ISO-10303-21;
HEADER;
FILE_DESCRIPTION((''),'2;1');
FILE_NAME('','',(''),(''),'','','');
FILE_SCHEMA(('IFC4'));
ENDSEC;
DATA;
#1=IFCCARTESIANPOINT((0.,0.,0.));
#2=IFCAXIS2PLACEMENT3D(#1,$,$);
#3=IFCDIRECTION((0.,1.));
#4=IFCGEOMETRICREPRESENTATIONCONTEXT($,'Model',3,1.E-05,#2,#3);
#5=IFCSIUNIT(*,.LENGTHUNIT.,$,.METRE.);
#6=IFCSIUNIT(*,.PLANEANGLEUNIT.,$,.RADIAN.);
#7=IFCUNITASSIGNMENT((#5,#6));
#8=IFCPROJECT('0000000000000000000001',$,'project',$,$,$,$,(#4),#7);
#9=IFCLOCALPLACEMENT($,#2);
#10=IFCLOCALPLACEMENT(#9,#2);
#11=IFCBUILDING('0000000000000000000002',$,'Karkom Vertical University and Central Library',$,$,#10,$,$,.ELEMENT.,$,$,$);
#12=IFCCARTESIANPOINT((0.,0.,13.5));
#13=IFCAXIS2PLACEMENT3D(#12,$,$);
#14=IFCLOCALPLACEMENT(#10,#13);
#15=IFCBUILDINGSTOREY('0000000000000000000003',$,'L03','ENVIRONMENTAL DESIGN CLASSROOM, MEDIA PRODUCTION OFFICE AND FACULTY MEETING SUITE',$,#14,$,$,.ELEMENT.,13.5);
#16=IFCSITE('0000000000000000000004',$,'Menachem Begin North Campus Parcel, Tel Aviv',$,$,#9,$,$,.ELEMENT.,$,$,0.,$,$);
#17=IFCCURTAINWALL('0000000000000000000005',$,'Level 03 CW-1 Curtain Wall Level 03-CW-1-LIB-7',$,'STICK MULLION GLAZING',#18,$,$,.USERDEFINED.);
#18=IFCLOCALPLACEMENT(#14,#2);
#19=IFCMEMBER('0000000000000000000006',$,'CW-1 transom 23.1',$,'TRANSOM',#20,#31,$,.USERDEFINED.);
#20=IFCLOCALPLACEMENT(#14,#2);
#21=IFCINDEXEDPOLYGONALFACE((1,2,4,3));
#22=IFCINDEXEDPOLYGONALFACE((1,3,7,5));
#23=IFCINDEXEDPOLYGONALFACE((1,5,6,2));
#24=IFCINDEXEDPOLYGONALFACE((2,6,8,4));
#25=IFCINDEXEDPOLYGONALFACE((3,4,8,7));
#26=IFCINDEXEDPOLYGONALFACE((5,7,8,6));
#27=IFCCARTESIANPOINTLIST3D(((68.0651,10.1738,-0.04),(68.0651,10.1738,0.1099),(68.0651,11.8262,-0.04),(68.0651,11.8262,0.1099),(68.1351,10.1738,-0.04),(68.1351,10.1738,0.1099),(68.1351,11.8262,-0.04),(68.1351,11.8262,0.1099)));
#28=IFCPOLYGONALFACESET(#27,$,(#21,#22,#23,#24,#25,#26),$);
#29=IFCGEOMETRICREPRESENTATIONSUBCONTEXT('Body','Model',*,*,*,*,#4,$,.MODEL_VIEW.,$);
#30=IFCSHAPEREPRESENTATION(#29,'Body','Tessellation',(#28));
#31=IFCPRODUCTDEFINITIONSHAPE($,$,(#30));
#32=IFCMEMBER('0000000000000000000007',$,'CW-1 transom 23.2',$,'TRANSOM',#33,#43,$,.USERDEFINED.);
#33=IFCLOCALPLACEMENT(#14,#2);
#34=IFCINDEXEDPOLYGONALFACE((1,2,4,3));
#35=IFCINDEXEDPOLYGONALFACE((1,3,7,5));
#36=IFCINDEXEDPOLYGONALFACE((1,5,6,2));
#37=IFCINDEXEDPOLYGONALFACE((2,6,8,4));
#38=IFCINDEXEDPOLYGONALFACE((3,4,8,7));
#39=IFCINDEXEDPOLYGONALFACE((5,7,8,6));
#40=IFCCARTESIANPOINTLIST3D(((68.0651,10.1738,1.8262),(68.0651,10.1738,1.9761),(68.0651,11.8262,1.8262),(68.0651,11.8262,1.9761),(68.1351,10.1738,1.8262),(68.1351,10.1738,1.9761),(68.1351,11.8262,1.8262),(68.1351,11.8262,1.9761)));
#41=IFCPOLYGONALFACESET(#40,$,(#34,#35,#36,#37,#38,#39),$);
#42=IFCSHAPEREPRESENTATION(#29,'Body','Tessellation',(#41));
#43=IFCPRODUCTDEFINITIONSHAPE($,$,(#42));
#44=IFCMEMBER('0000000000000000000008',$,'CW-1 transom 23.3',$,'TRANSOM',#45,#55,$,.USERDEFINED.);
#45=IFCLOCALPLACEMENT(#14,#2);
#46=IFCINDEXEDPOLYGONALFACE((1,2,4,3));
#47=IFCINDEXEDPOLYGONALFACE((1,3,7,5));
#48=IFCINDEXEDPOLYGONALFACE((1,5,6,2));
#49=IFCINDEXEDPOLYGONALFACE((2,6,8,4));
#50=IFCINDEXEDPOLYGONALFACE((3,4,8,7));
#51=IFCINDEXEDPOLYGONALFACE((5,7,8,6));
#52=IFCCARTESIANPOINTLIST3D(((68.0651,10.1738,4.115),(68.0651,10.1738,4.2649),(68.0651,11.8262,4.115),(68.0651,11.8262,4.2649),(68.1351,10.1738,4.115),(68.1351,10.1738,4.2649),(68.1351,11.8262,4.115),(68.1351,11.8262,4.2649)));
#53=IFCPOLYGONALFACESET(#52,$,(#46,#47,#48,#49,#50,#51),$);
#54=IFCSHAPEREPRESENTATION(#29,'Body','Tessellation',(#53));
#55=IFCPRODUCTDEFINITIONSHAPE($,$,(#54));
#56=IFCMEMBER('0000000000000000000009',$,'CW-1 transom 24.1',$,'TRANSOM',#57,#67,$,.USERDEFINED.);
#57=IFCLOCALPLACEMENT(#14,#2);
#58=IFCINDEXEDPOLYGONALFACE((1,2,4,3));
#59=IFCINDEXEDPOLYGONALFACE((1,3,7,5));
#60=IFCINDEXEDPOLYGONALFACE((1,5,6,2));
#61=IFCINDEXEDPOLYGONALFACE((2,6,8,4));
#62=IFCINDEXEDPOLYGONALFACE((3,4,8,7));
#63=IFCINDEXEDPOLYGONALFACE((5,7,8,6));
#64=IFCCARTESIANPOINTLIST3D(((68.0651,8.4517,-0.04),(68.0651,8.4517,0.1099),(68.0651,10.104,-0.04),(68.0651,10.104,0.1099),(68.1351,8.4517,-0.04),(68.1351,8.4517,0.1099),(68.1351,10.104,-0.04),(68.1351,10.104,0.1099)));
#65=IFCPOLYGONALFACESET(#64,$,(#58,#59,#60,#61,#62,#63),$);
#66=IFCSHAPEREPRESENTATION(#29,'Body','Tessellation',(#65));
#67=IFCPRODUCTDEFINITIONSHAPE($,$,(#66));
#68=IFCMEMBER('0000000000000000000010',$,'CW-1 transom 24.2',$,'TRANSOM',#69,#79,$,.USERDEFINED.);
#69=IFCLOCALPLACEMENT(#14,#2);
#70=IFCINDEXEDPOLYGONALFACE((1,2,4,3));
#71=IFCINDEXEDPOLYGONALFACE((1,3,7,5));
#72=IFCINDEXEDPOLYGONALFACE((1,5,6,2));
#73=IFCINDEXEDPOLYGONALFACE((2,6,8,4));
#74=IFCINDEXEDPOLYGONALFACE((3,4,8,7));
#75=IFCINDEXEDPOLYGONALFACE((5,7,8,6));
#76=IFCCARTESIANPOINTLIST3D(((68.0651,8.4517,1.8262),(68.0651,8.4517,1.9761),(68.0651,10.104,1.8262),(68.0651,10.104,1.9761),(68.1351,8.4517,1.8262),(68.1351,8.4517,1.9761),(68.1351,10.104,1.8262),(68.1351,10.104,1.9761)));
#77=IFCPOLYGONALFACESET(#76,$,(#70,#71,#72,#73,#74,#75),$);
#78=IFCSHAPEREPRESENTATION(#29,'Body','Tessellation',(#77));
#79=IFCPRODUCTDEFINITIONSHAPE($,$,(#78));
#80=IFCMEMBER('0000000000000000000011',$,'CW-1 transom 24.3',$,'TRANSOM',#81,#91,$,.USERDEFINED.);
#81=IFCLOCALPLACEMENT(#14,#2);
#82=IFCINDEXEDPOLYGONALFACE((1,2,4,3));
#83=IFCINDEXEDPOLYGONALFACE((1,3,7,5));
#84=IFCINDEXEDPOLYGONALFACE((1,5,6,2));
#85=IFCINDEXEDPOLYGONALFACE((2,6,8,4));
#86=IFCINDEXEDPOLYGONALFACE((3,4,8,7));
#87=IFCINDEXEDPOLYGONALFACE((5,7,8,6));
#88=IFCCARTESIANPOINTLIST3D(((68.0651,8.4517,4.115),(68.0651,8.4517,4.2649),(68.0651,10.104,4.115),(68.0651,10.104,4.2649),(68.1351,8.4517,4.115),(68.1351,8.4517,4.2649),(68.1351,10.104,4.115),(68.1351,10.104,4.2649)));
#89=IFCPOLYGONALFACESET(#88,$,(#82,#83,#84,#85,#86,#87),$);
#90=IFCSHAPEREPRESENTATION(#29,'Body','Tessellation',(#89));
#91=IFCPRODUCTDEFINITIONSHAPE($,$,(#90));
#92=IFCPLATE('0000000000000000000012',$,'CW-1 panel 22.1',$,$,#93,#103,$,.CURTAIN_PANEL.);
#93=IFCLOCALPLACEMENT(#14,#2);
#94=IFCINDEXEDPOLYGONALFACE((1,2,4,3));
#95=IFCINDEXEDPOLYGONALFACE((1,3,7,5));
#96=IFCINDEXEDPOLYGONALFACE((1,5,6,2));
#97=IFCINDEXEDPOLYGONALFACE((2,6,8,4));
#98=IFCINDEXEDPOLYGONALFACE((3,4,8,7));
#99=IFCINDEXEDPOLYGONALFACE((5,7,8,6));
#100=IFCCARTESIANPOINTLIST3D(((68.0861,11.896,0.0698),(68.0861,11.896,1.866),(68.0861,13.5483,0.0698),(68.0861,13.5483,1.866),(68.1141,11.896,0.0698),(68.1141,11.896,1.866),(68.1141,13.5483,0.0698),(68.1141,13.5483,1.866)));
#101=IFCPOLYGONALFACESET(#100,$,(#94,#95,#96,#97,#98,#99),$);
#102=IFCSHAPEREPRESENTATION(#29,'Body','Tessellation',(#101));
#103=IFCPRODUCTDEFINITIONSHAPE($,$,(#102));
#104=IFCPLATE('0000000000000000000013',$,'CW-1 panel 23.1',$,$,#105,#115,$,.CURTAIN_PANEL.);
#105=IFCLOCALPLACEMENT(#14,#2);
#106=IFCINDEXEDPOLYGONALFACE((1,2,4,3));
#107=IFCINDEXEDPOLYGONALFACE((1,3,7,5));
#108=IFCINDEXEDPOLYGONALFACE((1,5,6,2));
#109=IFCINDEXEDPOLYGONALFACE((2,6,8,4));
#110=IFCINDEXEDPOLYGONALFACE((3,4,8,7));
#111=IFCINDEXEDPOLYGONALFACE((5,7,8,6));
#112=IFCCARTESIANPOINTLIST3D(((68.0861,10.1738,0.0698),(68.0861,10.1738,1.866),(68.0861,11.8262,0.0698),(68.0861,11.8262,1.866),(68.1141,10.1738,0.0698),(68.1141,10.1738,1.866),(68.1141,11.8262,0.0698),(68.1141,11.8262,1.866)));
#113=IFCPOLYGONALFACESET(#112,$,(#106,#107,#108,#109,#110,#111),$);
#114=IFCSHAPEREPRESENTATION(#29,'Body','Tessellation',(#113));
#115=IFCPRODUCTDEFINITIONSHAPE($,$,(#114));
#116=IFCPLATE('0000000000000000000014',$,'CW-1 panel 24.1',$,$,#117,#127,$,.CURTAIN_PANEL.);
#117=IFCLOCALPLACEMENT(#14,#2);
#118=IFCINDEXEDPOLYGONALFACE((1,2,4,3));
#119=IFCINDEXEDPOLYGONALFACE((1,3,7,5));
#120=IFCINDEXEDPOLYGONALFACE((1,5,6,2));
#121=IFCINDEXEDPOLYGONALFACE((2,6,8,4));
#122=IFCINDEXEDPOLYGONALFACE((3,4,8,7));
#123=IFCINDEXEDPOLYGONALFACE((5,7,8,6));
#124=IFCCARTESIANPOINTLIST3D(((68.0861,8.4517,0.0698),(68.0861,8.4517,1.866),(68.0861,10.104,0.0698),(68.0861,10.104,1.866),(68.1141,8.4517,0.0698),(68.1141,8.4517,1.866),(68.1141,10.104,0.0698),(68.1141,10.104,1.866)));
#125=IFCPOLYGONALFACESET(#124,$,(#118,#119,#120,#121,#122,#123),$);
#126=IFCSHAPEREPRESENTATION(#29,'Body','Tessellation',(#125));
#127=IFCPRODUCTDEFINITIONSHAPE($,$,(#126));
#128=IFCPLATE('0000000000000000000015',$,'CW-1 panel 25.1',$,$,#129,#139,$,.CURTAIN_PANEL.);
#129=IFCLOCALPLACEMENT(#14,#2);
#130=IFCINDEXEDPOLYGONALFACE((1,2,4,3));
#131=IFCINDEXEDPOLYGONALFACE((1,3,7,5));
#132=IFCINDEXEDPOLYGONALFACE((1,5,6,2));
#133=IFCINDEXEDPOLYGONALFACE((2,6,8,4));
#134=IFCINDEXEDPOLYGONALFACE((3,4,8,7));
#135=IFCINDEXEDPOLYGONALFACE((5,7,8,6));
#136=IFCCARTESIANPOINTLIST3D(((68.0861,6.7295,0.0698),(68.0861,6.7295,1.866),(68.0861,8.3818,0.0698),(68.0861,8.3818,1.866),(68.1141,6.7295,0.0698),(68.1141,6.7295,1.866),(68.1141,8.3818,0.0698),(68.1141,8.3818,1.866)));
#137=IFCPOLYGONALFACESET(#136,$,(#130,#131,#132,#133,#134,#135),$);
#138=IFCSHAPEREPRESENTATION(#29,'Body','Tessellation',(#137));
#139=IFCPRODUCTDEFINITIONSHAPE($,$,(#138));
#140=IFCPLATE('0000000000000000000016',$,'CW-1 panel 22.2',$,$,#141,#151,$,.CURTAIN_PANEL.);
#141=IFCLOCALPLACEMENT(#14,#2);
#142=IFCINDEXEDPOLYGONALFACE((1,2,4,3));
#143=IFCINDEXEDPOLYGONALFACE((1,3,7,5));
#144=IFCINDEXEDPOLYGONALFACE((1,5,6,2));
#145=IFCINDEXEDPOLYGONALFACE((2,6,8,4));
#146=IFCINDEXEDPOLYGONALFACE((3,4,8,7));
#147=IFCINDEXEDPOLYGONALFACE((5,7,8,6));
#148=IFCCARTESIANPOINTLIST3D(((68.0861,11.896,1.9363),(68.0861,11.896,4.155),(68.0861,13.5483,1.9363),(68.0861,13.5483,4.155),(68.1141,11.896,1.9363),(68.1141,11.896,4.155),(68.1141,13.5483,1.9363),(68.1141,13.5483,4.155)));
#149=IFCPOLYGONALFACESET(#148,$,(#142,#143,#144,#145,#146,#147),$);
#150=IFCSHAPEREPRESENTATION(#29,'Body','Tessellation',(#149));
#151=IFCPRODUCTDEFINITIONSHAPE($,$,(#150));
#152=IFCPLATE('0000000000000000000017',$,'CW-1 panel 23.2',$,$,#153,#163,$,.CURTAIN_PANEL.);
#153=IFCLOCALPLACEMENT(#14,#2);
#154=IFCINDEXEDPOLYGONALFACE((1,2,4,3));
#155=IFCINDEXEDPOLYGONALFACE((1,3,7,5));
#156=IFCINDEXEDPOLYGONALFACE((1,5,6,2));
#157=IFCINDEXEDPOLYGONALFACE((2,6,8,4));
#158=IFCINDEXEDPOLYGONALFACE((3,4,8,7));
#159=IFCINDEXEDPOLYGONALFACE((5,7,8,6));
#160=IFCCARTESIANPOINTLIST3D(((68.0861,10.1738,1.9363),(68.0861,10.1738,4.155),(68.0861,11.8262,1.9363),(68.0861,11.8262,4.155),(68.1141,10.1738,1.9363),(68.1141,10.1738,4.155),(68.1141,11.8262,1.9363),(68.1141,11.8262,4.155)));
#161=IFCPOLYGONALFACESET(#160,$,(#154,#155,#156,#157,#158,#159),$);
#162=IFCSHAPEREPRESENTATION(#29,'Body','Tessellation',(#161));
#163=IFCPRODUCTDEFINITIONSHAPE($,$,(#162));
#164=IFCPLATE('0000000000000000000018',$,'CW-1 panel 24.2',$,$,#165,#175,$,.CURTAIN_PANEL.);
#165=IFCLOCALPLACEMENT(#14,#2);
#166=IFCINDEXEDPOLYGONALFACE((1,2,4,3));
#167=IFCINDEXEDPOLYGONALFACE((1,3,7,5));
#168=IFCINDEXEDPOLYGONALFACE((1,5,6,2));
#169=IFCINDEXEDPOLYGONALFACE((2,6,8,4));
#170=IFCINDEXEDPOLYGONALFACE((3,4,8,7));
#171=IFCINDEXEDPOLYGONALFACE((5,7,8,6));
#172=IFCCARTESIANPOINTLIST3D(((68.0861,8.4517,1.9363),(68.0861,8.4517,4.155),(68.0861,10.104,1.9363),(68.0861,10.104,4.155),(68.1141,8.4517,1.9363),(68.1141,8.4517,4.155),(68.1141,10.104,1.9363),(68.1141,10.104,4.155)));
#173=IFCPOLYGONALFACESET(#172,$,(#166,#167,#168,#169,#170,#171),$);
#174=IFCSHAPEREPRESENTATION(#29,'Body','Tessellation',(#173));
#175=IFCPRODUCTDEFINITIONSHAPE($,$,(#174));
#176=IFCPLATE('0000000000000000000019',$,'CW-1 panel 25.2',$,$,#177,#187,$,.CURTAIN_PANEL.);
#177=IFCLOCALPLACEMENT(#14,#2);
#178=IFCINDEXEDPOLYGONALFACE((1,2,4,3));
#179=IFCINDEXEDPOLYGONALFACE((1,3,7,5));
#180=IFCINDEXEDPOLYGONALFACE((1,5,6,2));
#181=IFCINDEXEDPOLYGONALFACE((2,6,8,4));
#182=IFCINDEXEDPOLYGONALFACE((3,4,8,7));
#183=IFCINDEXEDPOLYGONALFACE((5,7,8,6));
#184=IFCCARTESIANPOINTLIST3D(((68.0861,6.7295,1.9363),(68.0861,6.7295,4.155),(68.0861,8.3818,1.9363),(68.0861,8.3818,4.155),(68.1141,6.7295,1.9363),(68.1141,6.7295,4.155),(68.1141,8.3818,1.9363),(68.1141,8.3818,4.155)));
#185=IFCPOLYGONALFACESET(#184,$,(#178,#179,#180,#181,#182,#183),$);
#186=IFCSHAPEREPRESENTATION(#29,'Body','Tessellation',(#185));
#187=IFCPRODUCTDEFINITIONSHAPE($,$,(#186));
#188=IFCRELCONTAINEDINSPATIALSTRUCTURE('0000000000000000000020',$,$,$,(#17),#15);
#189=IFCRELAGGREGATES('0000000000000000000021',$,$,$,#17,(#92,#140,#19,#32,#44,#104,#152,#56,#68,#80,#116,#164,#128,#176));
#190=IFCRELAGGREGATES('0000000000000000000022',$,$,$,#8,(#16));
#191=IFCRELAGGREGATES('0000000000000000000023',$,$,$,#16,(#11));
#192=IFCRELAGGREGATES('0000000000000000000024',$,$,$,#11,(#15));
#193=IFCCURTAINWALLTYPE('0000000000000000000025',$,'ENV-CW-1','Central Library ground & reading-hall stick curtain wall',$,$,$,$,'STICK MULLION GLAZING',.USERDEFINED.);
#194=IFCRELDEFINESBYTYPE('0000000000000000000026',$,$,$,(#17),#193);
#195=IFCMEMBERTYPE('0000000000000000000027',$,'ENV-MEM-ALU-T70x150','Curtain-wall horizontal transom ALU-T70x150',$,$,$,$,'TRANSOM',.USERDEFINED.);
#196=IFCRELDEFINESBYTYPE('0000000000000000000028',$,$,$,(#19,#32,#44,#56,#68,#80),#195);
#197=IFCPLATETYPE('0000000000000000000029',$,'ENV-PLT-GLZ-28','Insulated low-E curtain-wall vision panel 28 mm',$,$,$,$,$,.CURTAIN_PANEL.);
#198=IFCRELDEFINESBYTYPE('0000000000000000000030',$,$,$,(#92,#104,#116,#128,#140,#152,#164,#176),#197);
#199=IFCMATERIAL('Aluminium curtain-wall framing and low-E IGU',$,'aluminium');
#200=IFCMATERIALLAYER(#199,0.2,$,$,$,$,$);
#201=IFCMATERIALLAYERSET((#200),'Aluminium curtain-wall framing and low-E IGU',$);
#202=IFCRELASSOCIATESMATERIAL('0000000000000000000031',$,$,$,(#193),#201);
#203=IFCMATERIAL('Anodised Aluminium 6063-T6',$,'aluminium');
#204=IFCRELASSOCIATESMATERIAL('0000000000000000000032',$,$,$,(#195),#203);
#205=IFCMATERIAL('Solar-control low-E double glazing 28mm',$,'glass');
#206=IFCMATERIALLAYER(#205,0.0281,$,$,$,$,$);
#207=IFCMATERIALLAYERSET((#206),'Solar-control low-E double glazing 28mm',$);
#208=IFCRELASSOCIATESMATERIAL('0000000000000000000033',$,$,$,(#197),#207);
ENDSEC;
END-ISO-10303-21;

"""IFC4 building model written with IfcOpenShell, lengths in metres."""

from ifc_helpers import new_model, si_unit, direction, frame, origin, origin_with_axes, origin_2d, place, context, subcontext, project, spatial, rectangle, extrude, source, transform, mapped, material, layer, layer_set, material_profile, profile_set, type_object, element, aggregate, save


model = new_model("IFC4")

# Units and contexts
model_context = context("Model", 3, precision=1e-05, world=origin(), true_north=direction((0.0, 1.0)))
body_context = subcontext(model_context, "Body", "Model", "MODEL_VIEW")
ifc_project = project(units=[si_unit("LENGTHUNIT", "METRE"), si_unit("PLANEANGLEUNIT", "RADIAN")], contexts=[model_context])

# Site, building, storey
site_placement = place(None, origin())
site = spatial("IfcSite", under=ifc_project, at=site_placement, Name="Menachem Begin North Campus Parcel, Tel Aviv", CompositionType="ELEMENT", RefElevation=0.0)
building_placement = place(site_placement, origin())
building = spatial("IfcBuilding", under=site, at=building_placement, Name="Karkom Vertical University and Central Library", CompositionType="ELEMENT")
storey_placement = place(building_placement, frame((0.0, 0.0, 13.5)))
storey = spatial("IfcBuildingStorey", under=building, at=storey_placement, Name="L03", Description="ENVIRONMENTAL DESIGN CLASSROOM, MEDIA PRODUCTION OFFICE AND FACULTY MEETING SUITE", CompositionType="ELEMENT", Elevation=13.5)

# Curtain wall, members, plates
ifc_material_1 = material(Name="Aluminium curtain-wall framing and low-E IGU", Category="aluminium")
ifc_layer_1 = layer(ifc_material_1, 0.2)
ifc_layer_set_1 = layer_set([ifc_layer_1], Name="Aluminium curtain-wall framing and low-E IGU")
curtain_wall_type = type_object("IfcCurtainWallType", Name="ENV-CW-1", Description="Central Library ground & reading-hall stick curtain wall", ElementType="STICK MULLION GLAZING", PredefinedType="USERDEFINED", material=ifc_layer_set_1)
curtain_wall_placement = place(storey_placement, origin())
curtain_wall = element("IfcCurtainWall", 1, at=curtain_wall_placement, inside=storey, type_object=curtain_wall_type, Name="Level 03 CW-1 Curtain Wall Level 03-CW-1-LIB-7", ObjectType="STICK MULLION GLAZING", PredefinedType="USERDEFINED")
ifc_material_2 = material(Name="Anodised Aluminium 6063-T6", Category="aluminium")
ifc_material_profile_1 = material_profile(ifc_material_2, rectangle(XDim=0.0701, YDim=0.1499, at=origin_2d()), Name="ALU-T70x150")
ifc_profile_set_1 = profile_set([ifc_material_profile_1], Name="Anodised Aluminium 6063-T6")
member_type = type_object("IfcMemberType", Name="ENV-MEM-ALU-T70x150", Description="Curtain-wall horizontal transom ALU-T70x150", ElementType="TRANSOM", PredefinedType="USERDEFINED", material=ifc_profile_set_1)
shared_shape_1 = source(origin_with_axes(), body_context, "Body", "SweptSolid", [
    extrude(rectangle(XDim=0.0701, YDim=0.1499, at=origin_2d()), origin(), (0.0, 0.0, 1.0), 1.6523),
])
member_1_placement = place(storey_placement, frame((68.1001, 11.8262, 0.0349), z_axis=(0.0, -1.0, 0.0), x_axis=(1.0, 0.0, 0.0)))
member_1 = element("IfcMember", 2, at=member_1_placement, type_object=member_type, Name="CW-1 transom 23.1", ObjectType="TRANSOM", PredefinedType="USERDEFINED", context=body_context, shape_type="MappedRepresentation", body=[
    mapped(shared_shape_1, transform((0.0, 0.0, 0.0), scale=1.0)),
])
member_2_placement = place(storey_placement, frame((68.1001, 11.8262, 1.9011), z_axis=(0.0, -1.0, 0.0), x_axis=(1.0, 0.0, 0.0)))
member_2 = element("IfcMember", 3, at=member_2_placement, type_object=member_type, Name="CW-1 transom 23.2", ObjectType="TRANSOM", PredefinedType="USERDEFINED", context=body_context, shape_type="MappedRepresentation", body=[
    mapped(shared_shape_1, transform((0.0, 0.0, 0.0), scale=1.0)),
])
member_3_placement = place(storey_placement, frame((68.1001, 11.8262, 4.1899), z_axis=(0.0, -1.0, 0.0), x_axis=(1.0, 0.0, 0.0)))
member_3 = element("IfcMember", 4, at=member_3_placement, type_object=member_type, Name="CW-1 transom 23.3", ObjectType="TRANSOM", PredefinedType="USERDEFINED", context=body_context, shape_type="MappedRepresentation", body=[
    mapped(shared_shape_1, transform((0.0, 0.0, 0.0), scale=1.0)),
])
member_4_placement = place(storey_placement, frame((68.1001, 10.104, 0.0349), z_axis=(0.0, -1.0, 0.0), x_axis=(1.0, 0.0, 0.0)))
member_4 = element("IfcMember", 5, at=member_4_placement, type_object=member_type, Name="CW-1 transom 24.1", ObjectType="TRANSOM", PredefinedType="USERDEFINED", context=body_context, shape_type="MappedRepresentation", body=[
    mapped(shared_shape_1, transform((0.0, 0.0, 0.0), scale=1.0)),
])
member_5_placement = place(storey_placement, frame((68.1001, 10.104, 1.9011), z_axis=(0.0, -1.0, 0.0), x_axis=(1.0, 0.0, 0.0)))
member_5 = element("IfcMember", 6, at=member_5_placement, type_object=member_type, Name="CW-1 transom 24.2", ObjectType="TRANSOM", PredefinedType="USERDEFINED", context=body_context, shape_type="MappedRepresentation", body=[
    mapped(shared_shape_1, transform((0.0, 0.0, 0.0), scale=1.0)),
])
member_6_placement = place(storey_placement, frame((68.1001, 10.104, 4.1899), z_axis=(0.0, -1.0, 0.0), x_axis=(1.0, 0.0, 0.0)))
member_6 = element("IfcMember", 7, at=member_6_placement, type_object=member_type, Name="CW-1 transom 24.3", ObjectType="TRANSOM", PredefinedType="USERDEFINED", context=body_context, shape_type="MappedRepresentation", body=[
    mapped(shared_shape_1, transform((0.0, 0.0, 0.0), scale=1.0)),
])
ifc_material_3 = material(Name="Solar-control low-E double glazing 28mm", Category="glass")
ifc_layer_2 = layer(ifc_material_3, 0.0281)
ifc_layer_set_2 = layer_set([ifc_layer_2], Name="Solar-control low-E double glazing 28mm")
plate_type = type_object("IfcPlateType", Name="ENV-PLT-GLZ-28", Description="Insulated low-E curtain-wall vision panel 28 mm", PredefinedType="CURTAIN_PANEL", material=ifc_layer_set_2)
shared_shape_2 = source(origin_with_axes(), body_context, "Body", "SweptSolid", [
    extrude(rectangle(XDim=1.6523, YDim=0.0281, at=origin_2d()), origin(), (0.0, 0.0, 1.0), 1.7961),
])
plate_1_placement = place(storey_placement, frame((68.1001, 12.7222, 0.0698), z_axis=(0.0, 0.0, 1.0), x_axis=(0.0, -1.0, 0.0)))
plate_1 = element("IfcPlate", 8, at=plate_1_placement, type_object=plate_type, Name="CW-1 panel 22.1", PredefinedType="CURTAIN_PANEL", context=body_context, shape_type="MappedRepresentation", body=[
    mapped(shared_shape_2, transform((0.0, 0.0, 0.0), scale=1.0)),
])
plate_2_placement = place(storey_placement, frame((68.1001, 11.0, 0.0698), z_axis=(0.0, 0.0, 1.0), x_axis=(0.0, -1.0, 0.0)))
plate_2 = element("IfcPlate", 9, at=plate_2_placement, type_object=plate_type, Name="CW-1 panel 23.1", PredefinedType="CURTAIN_PANEL", context=body_context, shape_type="MappedRepresentation", body=[
    mapped(shared_shape_2, transform((0.0, 0.0, 0.0), scale=1.0)),
])
plate_3_placement = place(storey_placement, frame((68.1001, 9.2778, 0.0698), z_axis=(0.0, 0.0, 1.0), x_axis=(0.0, -1.0, 0.0)))
plate_3 = element("IfcPlate", 10, at=plate_3_placement, type_object=plate_type, Name="CW-1 panel 24.1", PredefinedType="CURTAIN_PANEL", context=body_context, shape_type="MappedRepresentation", body=[
    mapped(shared_shape_2, transform((0.0, 0.0, 0.0), scale=1.0)),
])
plate_4_placement = place(storey_placement, frame((68.1001, 7.5557, 0.0698), z_axis=(0.0, 0.0, 1.0), x_axis=(0.0, -1.0, 0.0)))
plate_4 = element("IfcPlate", 11, at=plate_4_placement, type_object=plate_type, Name="CW-1 panel 25.1", PredefinedType="CURTAIN_PANEL", context=body_context, shape_type="MappedRepresentation", body=[
    mapped(shared_shape_2, transform((0.0, 0.0, 0.0), scale=1.0)),
])
shared_shape_3 = source(origin_with_axes(), body_context, "Body", "SweptSolid", [
    extrude(rectangle(XDim=1.6523, YDim=0.0281, at=origin_2d()), origin(), (0.0, 0.0, 1.0), 2.2188),
])
plate_5_placement = place(storey_placement, frame((68.1001, 12.7222, 1.9363), z_axis=(0.0, 0.0, 1.0), x_axis=(0.0, -1.0, 0.0)))
plate_5 = element("IfcPlate", 12, at=plate_5_placement, type_object=plate_type, Name="CW-1 panel 22.2", PredefinedType="CURTAIN_PANEL", context=body_context, shape_type="MappedRepresentation", body=[
    mapped(shared_shape_3, transform((0.0, 0.0, 0.0), scale=1.0)),
])
plate_6_placement = place(storey_placement, frame((68.1001, 11.0, 1.9363), z_axis=(0.0, 0.0, 1.0), x_axis=(0.0, -1.0, 0.0)))
plate_6 = element("IfcPlate", 13, at=plate_6_placement, type_object=plate_type, Name="CW-1 panel 23.2", PredefinedType="CURTAIN_PANEL", context=body_context, shape_type="MappedRepresentation", body=[
    mapped(shared_shape_3, transform((0.0, 0.0, 0.0), scale=1.0)),
])
plate_7_placement = place(storey_placement, frame((68.1001, 9.2778, 1.9363), z_axis=(0.0, 0.0, 1.0), x_axis=(0.0, -1.0, 0.0)))
plate_7 = element("IfcPlate", 14, at=plate_7_placement, type_object=plate_type, Name="CW-1 panel 24.2", PredefinedType="CURTAIN_PANEL", context=body_context, shape_type="MappedRepresentation", body=[
    mapped(shared_shape_3, transform((0.0, 0.0, 0.0), scale=1.0)),
])
plate_8_placement = place(storey_placement, frame((68.1001, 7.5557, 1.9363), z_axis=(0.0, 0.0, 1.0), x_axis=(0.0, -1.0, 0.0)))
plate_8 = element("IfcPlate", 15, at=plate_8_placement, type_object=plate_type, Name="CW-1 panel 25.2", PredefinedType="CURTAIN_PANEL", context=body_context, shape_type="MappedRepresentation", body=[
    mapped(shared_shape_3, transform((0.0, 0.0, 0.0), scale=1.0)),
])
aggregate(curtain_wall, [plate_1, plate_5, member_1, member_2, member_3, plate_2, plate_6, member_4, member_5, member_6, plate_3, plate_7, plate_4, plate_8])

save(model, "model.ifc")
